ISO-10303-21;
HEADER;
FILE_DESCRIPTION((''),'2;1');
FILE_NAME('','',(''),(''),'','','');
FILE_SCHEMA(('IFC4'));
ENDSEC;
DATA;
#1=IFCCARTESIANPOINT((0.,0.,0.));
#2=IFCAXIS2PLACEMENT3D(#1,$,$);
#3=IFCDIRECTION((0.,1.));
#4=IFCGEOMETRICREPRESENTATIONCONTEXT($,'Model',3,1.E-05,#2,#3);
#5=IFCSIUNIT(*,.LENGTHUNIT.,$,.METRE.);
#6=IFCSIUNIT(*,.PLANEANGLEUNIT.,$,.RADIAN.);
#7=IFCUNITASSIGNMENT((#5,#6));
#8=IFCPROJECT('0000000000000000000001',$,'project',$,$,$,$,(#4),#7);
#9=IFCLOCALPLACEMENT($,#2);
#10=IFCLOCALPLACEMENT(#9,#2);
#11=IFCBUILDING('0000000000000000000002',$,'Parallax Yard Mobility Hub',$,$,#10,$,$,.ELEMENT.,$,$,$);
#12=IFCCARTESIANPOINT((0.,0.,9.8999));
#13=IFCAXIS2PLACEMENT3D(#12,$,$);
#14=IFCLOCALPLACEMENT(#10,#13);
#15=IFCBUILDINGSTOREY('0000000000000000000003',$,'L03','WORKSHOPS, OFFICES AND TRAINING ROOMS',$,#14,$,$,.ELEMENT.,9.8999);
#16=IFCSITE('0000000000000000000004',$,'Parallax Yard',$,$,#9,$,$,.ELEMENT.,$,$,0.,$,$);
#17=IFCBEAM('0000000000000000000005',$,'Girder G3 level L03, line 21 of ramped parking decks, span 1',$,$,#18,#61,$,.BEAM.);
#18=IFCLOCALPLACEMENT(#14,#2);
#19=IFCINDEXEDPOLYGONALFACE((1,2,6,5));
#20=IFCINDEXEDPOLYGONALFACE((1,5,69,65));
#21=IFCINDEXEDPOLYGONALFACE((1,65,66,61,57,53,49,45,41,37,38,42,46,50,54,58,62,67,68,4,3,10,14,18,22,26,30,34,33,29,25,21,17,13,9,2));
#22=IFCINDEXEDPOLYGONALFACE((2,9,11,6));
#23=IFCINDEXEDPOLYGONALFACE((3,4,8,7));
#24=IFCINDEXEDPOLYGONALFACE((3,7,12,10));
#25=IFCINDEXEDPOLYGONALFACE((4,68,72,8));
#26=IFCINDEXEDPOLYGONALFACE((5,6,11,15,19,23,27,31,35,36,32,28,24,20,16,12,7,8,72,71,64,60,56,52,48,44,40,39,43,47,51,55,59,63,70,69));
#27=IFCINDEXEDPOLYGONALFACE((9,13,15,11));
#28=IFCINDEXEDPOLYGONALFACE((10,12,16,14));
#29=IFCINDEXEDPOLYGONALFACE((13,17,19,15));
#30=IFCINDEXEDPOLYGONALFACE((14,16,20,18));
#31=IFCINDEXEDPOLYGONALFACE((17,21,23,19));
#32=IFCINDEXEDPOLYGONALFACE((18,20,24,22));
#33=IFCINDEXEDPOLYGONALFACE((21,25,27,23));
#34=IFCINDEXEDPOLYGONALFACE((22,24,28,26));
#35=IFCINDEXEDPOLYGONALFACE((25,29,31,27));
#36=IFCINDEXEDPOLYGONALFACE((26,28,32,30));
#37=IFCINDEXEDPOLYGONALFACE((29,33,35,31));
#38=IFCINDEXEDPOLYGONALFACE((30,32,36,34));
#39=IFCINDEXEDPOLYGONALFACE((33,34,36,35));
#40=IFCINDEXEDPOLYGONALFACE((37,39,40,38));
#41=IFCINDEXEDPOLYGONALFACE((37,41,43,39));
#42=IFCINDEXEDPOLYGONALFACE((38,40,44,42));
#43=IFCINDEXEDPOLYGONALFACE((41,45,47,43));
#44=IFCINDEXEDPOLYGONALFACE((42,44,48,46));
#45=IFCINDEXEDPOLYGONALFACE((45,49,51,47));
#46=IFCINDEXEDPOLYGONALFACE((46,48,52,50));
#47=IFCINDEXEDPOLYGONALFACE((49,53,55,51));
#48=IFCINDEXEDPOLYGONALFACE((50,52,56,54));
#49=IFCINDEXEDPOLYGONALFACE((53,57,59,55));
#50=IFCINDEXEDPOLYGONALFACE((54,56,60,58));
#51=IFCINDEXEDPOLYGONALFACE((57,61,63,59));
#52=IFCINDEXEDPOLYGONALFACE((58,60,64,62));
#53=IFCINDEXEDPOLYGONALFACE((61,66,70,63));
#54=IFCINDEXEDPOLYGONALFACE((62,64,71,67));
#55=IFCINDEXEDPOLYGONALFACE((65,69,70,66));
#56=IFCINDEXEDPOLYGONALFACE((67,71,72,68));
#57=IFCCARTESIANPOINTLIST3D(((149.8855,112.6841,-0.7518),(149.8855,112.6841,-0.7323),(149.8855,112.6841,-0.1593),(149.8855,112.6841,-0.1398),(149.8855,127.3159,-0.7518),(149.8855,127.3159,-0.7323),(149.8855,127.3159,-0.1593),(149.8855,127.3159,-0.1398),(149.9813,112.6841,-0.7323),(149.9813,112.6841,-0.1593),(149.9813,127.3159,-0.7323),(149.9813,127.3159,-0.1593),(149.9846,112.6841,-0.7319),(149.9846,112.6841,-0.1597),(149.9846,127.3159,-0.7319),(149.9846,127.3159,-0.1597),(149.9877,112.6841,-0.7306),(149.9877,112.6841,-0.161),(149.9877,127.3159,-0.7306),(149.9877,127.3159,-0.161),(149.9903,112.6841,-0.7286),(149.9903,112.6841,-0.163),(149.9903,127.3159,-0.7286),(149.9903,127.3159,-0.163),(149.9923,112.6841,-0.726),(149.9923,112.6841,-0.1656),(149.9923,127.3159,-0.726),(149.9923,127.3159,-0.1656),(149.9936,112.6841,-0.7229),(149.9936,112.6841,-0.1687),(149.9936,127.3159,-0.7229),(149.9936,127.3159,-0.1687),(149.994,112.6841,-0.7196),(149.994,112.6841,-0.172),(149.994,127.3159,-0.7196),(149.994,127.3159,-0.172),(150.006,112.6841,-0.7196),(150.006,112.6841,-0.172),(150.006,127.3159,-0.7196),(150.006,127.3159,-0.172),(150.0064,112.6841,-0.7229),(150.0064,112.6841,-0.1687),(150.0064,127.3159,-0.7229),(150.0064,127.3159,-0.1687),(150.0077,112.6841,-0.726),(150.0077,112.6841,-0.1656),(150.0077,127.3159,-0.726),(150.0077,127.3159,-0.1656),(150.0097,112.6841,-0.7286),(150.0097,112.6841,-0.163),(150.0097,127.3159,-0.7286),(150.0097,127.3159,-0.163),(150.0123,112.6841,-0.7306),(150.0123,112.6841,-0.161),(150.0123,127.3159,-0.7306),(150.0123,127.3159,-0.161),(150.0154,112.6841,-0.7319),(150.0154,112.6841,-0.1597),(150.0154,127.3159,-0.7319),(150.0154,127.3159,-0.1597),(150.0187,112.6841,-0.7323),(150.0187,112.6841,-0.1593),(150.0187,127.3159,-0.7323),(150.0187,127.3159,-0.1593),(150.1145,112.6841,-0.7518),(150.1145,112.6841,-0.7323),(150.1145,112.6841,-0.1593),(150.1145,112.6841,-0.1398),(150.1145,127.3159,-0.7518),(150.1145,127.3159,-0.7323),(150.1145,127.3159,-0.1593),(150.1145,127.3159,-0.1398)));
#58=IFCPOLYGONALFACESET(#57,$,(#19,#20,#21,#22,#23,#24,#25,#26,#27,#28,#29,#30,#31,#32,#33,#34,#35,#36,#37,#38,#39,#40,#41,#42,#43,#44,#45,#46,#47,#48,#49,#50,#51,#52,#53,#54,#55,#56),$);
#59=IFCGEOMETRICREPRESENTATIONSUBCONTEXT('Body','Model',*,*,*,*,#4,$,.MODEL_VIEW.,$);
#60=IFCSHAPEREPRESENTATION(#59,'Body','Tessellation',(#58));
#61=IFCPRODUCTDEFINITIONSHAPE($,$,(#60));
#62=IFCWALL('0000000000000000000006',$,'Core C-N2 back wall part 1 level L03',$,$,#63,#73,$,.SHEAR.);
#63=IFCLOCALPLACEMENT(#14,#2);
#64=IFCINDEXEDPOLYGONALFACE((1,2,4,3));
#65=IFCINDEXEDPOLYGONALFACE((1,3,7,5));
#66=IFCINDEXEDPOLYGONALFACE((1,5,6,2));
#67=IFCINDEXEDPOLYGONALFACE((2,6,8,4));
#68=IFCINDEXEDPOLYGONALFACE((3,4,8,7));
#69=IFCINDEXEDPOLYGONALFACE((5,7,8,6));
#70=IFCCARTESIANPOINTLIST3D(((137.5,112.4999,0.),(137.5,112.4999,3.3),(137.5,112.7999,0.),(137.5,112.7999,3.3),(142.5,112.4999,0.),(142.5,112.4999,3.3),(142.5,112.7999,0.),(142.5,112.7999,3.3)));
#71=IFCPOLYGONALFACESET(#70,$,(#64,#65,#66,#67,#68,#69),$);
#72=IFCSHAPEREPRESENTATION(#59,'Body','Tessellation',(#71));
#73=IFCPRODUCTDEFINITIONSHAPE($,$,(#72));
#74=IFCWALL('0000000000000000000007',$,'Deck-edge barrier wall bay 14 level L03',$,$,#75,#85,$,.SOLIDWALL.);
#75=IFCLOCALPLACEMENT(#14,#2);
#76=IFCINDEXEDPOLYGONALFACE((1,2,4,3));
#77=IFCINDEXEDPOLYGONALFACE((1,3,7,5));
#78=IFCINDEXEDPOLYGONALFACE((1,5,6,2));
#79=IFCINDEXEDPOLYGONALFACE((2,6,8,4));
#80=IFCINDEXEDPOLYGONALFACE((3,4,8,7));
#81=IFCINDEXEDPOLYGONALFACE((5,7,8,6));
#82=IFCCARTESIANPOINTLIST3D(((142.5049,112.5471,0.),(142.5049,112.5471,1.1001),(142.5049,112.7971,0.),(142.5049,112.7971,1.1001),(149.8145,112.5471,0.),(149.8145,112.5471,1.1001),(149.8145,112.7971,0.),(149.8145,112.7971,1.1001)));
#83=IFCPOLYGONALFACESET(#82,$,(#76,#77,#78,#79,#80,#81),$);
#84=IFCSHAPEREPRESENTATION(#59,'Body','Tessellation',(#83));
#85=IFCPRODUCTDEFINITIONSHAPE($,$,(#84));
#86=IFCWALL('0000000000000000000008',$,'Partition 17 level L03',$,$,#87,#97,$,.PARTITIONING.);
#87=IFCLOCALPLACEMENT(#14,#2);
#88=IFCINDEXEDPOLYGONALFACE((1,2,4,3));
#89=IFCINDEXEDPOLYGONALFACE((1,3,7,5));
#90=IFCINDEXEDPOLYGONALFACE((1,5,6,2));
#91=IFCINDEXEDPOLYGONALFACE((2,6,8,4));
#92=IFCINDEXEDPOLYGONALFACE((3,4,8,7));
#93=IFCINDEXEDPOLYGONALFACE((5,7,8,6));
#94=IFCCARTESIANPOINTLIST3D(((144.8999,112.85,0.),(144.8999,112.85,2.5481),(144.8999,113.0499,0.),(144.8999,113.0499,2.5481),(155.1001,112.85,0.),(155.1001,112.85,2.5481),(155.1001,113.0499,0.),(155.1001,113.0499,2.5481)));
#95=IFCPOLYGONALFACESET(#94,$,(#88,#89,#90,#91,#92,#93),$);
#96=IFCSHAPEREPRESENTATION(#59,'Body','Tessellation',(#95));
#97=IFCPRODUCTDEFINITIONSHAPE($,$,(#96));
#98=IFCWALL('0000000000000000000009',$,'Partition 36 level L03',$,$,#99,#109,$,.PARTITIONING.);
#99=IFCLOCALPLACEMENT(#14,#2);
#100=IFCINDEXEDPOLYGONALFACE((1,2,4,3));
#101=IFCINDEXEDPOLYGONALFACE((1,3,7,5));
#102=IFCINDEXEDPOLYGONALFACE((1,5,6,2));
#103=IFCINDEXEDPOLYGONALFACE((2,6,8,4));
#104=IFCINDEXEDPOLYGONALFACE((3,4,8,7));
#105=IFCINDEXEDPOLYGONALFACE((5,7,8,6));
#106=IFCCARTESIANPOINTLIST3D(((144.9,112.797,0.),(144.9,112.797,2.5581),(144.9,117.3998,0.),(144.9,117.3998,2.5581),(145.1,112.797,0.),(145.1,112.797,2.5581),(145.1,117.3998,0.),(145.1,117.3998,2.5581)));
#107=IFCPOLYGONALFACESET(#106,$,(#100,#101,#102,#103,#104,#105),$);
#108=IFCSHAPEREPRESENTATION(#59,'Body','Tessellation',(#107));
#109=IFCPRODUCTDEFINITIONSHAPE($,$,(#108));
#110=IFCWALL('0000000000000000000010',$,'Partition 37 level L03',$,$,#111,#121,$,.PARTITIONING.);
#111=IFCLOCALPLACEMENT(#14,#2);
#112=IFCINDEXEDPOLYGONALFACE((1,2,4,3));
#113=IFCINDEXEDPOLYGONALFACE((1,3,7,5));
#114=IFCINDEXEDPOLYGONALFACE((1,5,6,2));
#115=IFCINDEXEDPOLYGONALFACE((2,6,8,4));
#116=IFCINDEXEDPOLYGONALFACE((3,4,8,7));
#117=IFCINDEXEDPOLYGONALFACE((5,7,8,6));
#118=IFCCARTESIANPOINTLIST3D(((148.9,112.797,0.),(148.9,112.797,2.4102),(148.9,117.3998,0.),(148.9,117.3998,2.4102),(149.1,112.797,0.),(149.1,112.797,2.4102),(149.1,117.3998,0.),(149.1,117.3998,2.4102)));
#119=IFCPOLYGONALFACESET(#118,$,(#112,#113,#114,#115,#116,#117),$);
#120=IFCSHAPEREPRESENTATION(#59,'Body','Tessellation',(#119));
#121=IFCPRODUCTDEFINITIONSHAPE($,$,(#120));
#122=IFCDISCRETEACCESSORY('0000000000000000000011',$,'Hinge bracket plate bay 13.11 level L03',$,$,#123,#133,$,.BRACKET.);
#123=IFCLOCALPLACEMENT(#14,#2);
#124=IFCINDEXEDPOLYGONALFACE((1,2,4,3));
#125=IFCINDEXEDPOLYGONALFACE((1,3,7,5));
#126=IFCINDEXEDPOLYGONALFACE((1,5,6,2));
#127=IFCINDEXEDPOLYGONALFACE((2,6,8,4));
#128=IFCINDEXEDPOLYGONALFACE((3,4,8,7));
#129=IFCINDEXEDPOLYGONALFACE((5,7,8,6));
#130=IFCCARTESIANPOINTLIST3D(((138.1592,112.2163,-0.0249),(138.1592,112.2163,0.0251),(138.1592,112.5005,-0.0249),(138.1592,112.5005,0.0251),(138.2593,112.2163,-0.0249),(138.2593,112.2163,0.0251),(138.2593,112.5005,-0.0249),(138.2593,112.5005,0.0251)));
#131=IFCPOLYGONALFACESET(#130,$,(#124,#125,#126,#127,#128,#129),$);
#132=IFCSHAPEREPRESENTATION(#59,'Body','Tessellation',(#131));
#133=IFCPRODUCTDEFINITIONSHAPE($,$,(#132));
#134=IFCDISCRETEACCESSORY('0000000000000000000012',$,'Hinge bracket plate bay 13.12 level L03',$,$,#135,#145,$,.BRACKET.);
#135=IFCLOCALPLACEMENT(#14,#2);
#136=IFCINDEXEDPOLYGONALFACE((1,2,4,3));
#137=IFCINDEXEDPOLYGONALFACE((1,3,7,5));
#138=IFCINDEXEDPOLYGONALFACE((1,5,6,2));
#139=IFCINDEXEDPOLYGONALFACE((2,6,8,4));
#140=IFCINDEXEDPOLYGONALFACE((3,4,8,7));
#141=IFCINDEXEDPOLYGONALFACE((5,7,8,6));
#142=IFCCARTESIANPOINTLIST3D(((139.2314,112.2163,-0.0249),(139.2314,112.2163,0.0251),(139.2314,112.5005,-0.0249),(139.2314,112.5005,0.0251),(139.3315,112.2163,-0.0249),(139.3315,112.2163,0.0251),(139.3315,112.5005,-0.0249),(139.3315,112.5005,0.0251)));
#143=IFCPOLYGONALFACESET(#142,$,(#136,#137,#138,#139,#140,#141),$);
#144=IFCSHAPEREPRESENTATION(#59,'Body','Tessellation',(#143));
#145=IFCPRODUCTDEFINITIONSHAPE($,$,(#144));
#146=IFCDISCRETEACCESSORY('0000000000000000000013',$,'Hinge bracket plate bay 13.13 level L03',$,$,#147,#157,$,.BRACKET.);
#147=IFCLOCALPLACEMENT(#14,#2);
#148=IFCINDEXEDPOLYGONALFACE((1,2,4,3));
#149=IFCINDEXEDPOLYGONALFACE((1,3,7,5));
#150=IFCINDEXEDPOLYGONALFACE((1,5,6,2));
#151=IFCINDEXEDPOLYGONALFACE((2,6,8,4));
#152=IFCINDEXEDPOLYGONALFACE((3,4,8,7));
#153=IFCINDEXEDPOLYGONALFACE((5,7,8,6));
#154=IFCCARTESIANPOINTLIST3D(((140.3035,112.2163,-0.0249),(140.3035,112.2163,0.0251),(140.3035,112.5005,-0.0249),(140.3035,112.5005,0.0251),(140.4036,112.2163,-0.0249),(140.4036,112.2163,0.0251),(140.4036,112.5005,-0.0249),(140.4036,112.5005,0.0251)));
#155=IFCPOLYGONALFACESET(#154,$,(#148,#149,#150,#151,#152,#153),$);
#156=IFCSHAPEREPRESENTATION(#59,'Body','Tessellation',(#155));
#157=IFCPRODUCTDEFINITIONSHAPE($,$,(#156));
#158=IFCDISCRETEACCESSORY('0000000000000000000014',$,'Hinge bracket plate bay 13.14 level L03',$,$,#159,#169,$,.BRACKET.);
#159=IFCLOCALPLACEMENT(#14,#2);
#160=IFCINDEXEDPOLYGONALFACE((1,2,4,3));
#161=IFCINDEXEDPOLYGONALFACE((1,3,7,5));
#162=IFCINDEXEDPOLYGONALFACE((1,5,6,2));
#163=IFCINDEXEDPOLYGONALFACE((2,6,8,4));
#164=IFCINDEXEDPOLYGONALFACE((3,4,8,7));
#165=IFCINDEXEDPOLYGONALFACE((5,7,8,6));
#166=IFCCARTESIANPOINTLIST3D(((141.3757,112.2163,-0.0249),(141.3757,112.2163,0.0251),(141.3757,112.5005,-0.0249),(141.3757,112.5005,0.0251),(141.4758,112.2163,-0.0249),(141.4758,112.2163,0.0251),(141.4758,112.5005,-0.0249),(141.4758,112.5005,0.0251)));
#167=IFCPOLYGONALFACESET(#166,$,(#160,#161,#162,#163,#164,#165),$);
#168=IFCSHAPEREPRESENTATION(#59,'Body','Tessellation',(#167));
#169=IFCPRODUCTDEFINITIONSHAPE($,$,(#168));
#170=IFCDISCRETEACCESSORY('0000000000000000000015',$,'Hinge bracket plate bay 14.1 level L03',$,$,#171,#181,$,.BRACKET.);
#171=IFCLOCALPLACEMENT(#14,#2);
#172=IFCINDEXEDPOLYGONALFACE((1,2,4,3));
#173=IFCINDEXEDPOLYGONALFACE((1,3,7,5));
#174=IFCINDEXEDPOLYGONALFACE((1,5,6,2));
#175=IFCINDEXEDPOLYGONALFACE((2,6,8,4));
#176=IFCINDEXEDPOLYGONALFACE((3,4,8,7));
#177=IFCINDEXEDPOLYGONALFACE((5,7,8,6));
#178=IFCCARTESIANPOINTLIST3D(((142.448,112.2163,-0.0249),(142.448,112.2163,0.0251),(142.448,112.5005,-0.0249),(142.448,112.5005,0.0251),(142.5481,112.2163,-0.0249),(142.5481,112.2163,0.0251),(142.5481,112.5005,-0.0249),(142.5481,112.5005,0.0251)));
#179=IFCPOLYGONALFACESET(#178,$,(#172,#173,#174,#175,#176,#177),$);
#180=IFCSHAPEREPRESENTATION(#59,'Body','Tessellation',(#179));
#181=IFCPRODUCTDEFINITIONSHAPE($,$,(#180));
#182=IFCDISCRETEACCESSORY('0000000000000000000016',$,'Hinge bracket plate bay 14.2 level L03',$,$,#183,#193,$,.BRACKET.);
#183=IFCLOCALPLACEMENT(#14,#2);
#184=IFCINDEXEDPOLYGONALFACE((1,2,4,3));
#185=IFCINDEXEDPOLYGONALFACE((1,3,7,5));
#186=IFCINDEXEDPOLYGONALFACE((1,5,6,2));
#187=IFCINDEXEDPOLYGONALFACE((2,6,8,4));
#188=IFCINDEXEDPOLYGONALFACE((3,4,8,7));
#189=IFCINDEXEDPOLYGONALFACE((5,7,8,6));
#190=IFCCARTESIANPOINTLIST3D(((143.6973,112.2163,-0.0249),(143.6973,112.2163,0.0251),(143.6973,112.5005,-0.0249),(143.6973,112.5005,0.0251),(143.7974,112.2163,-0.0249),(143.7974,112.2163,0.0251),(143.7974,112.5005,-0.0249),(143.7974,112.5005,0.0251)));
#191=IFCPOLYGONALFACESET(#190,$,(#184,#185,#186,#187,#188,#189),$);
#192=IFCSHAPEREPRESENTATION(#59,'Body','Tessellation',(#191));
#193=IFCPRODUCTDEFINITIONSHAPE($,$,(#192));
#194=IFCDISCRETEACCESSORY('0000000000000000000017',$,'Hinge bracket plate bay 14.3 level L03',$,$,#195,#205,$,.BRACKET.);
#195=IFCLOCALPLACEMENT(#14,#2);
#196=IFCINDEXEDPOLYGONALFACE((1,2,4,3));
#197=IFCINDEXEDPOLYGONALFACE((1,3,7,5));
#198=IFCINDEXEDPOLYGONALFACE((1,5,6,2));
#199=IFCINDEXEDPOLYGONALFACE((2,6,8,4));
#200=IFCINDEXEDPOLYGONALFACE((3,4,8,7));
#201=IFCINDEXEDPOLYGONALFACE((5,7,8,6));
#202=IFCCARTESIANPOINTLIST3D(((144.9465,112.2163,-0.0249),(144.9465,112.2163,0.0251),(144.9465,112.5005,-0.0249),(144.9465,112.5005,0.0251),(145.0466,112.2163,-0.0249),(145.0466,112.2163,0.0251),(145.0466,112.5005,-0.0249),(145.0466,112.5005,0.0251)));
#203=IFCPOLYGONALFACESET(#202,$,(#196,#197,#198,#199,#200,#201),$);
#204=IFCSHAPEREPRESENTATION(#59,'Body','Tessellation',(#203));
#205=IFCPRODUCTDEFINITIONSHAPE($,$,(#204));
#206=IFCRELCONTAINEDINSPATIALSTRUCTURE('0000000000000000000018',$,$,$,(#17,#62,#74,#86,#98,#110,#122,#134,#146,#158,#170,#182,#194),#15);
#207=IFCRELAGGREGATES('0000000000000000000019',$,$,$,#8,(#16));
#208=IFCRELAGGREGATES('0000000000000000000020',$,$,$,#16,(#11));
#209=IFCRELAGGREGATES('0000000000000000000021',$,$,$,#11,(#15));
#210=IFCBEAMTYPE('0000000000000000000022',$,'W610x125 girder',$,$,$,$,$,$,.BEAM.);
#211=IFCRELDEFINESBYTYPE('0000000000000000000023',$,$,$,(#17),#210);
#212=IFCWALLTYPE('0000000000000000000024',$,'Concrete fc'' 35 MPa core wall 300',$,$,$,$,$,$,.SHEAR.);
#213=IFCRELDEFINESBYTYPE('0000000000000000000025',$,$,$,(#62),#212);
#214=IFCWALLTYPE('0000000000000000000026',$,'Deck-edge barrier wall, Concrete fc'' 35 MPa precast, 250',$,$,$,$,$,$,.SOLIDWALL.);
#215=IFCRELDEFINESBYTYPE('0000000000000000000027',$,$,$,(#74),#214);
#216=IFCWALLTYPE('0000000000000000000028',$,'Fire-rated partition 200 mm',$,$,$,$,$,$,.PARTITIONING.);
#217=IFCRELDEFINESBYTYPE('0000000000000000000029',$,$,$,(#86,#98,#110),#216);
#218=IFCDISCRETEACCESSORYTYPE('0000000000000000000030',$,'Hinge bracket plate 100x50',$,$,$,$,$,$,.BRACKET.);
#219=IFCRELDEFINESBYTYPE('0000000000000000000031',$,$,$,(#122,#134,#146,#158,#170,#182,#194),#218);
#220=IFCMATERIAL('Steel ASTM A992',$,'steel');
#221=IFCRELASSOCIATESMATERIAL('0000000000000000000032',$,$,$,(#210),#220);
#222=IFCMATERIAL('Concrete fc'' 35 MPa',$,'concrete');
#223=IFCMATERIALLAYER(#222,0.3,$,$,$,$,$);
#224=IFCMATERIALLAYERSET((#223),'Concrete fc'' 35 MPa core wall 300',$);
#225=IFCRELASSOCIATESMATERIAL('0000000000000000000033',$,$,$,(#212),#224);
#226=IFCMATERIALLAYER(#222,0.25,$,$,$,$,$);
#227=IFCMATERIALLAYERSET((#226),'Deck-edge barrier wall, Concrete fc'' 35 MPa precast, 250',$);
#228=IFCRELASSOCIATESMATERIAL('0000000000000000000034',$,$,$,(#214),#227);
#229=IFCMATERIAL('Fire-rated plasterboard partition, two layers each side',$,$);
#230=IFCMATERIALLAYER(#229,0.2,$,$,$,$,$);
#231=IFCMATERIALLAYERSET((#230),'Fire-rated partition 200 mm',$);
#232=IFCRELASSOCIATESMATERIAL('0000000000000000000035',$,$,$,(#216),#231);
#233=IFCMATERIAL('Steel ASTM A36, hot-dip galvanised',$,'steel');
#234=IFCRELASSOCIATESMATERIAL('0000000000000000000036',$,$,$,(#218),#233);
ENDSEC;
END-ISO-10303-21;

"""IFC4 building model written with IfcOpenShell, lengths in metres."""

from ifc_helpers import new_model, si_unit, direction, frame, frame_2d, origin, origin_2d, place, context, subcontext, project, spatial, rectangle, i_section, extrude, material, layer, layer_set, material_profile, profile_set, type_object, element, save


model = new_model("IFC4")

# Units and contexts
model_context = context("Model", 3, precision=1e-05, world=origin(), true_north=direction((0.0, 1.0)))
body_context = subcontext(model_context, "Body", "Model", "MODEL_VIEW")
ifc_project = project(units=[si_unit("LENGTHUNIT", "METRE"), si_unit("PLANEANGLEUNIT", "RADIAN")], contexts=[model_context])

# Site, building, storey
site_placement = place(None, origin())
site = spatial("IfcSite", under=ifc_project, at=site_placement, Name="Parallax Yard", CompositionType="ELEMENT", RefElevation=0.0)
building_placement = place(site_placement, origin())
building = spatial("IfcBuilding", under=site, at=building_placement, Name="Parallax Yard Mobility Hub", CompositionType="ELEMENT")
storey_placement = place(building_placement, frame((0.0, 0.0, 9.8999)))
storey = spatial("IfcBuildingStorey", under=building, at=storey_placement, Name="L03", Description="WORKSHOPS, OFFICES AND TRAINING ROOMS", CompositionType="ELEMENT", Elevation=9.8999)

# Shared definitions
ifc_material_1 = material(Name="Steel ASTM A992", Category="steel")

# Beam
ifc_material_profile_1 = material_profile(ifc_material_1, i_section(OverallWidth=0.229, OverallDepth=0.6121, WebThickness=0.012, FlangeThickness=0.0195, FilletRadius=0.0127, at=origin_2d()), Name="W610x125")
ifc_profile_set_1 = profile_set([ifc_material_profile_1], Name="Steel ASTM A992")
beam_type_1 = type_object("IfcBeamType", Name="W610x125 girder", PredefinedType="BEAM", material=ifc_profile_set_1)
beam_1_placement = place(storey_placement, frame((150.0, 112.6841, -0.4458), z_axis=(0.0, 1.0, 0.0), x_axis=(-1.0, 0.0, 0.0)))
element("IfcBeam", 1, at=beam_1_placement, inside=storey, type_object=beam_type_1, Name="Girder G3 level L03, line 21 of ramped parking decks, span 1", PredefinedType="BEAM", context=body_context, shape_type="SweptSolid", body=[
    extrude(i_section(OverallWidth=0.229, OverallDepth=0.6121, WebThickness=0.012, FlangeThickness=0.0195, FilletRadius=0.0127, at=origin_2d()), origin(), (0.0, 0.0, 1.0), 14.6318),
])

# Walls
ifc_material_2 = material(Name="Concrete fc' 35 MPa", Category="concrete")
ifc_layer_1 = layer(ifc_material_2, 0.3)
ifc_layer_set_1 = layer_set([ifc_layer_1], Name="Concrete fc' 35 MPa core wall 300")
wall_type_1 = type_object("IfcWallType", Name="Concrete fc' 35 MPa core wall 300", PredefinedType="SHEAR", material=ifc_layer_set_1)
wall_1_placement = place(storey_placement, frame((142.5, 112.6499, 0.0), z_axis=(0.0, 0.0, 1.0), x_axis=(-1.0, 0.0, 0.0)))
element("IfcWall", 2, at=wall_1_placement, inside=storey, type_object=wall_type_1, Name="Core C-N2 back wall part 1 level L03", PredefinedType="SHEAR", context=body_context, shape_type="SweptSolid", body=[
    extrude(rectangle(XDim=5.0, YDim=0.3, at=frame_2d((2.5, 0.0))), origin(), (0.0, 0.0, 1.0), 3.3),
])
ifc_layer_2 = layer(ifc_material_2, 0.25)
ifc_layer_set_2 = layer_set([ifc_layer_2], Name="Deck-edge barrier wall, Concrete fc' 35 MPa precast, 250")
wall_type_2 = type_object("IfcWallType", Name="Deck-edge barrier wall, Concrete fc' 35 MPa precast, 250", PredefinedType="SOLIDWALL", material=ifc_layer_set_2)
wall_2_placement = place(storey_placement, frame((142.5049, 112.6721, 0.0), z_axis=(0.0, 0.0, 1.0), x_axis=(1.0, 0.0, 0.0)))
element("IfcWall", 3, at=wall_2_placement, inside=storey, type_object=wall_type_2, Name="Deck-edge barrier wall bay 14 level L03", PredefinedType="SOLIDWALL", context=body_context, shape_type="SweptSolid", body=[
    extrude(rectangle(XDim=7.3096, YDim=0.25, at=frame_2d((3.6548, 0.0))), origin(), (0.0, 0.0, 1.0), 1.1001),
])
ifc_material_3 = material(Name="Fire-rated plasterboard partition, two layers each side")
ifc_layer_3 = layer(ifc_material_3, 0.2)
ifc_layer_set_3 = layer_set([ifc_layer_3], Name="Fire-rated partition 200 mm")
wall_type_3 = type_object("IfcWallType", Name="Fire-rated partition 200 mm", PredefinedType="PARTITIONING", material=ifc_layer_set_3)
wall_3_placement = place(storey_placement, frame((144.8999, 112.95, 0.0), z_axis=(0.0, 0.0, 1.0), x_axis=(1.0, 0.0, 0.0)))
element("IfcWall", 4, at=wall_3_placement, inside=storey, type_object=wall_type_3, Name="Partition 17 level L03", PredefinedType="PARTITIONING", context=body_context, shape_type="SweptSolid", body=[
    extrude(rectangle(XDim=10.2002, YDim=0.2, at=frame_2d((5.1001, 0.0))), origin(), (0.0, 0.0, 1.0), 2.5481),
])
wall_4_placement = place(storey_placement, frame((145.0, 112.7971, 0.0), z_axis=(0.0, 0.0, 1.0), x_axis=(0.0, 1.0, 0.0)))
element("IfcWall", 5, at=wall_4_placement, inside=storey, type_object=wall_type_3, Name="Partition 36 level L03", PredefinedType="PARTITIONING", context=body_context, shape_type="SweptSolid", body=[
    extrude(rectangle(XDim=4.6028, YDim=0.2, at=frame_2d((2.3013, 0.0))), origin(), (0.0, 0.0, 1.0), 2.5581),
])
wall_5_placement = place(storey_placement, frame((149.0, 112.7971, 0.0), z_axis=(0.0, 0.0, 1.0), x_axis=(0.0, 1.0, 0.0)))
element("IfcWall", 6, at=wall_5_placement, inside=storey, type_object=wall_type_3, Name="Partition 37 level L03", PredefinedType="PARTITIONING", context=body_context, shape_type="SweptSolid", body=[
    extrude(rectangle(XDim=4.6028, YDim=0.2, at=frame_2d((2.3013, 0.0))), origin(), (0.0, 0.0, 1.0), 2.4102),
])

# Discrete accessories
ifc_material_4 = material(Name="Steel ASTM A36, hot-dip galvanised", Category="steel")
discrete_accessory_type_1 = type_object("IfcDiscreteAccessoryType", Name="Hinge bracket plate 100x50", PredefinedType="BRACKET", material=ifc_material_4)
for number, where, z_axis, x_axis, name in (
    (7, (138.2092, 112.3584, -0.0249), (0.0, 0.0, 1.0), (0.0, -1.0, 0.0), "Hinge bracket plate bay 13.11 level L03"),
    (8, (139.2815, 112.3584, -0.0249), (0.0, 0.0, 1.0), (0.0, -1.0, 0.0), "Hinge bracket plate bay 13.12 level L03"),
    (9, (140.3535, 112.3584, -0.0249), (0.0, 0.0, 1.0), (0.0, -1.0, 0.0), "Hinge bracket plate bay 13.13 level L03"),
    (10, (141.4258, 112.3584, -0.0249), (0.0, 0.0, 1.0), (0.0, -1.0, 0.0), "Hinge bracket plate bay 13.14 level L03"),
    (11, (142.498, 112.3584, -0.0249), (0.0, 0.0, 1.0), (0.0, -1.0, 0.0), "Hinge bracket plate bay 14.1 level L03"),
    (12, (143.7473, 112.3584, -0.0249), (0.0, 0.0, 1.0), (0.0, -1.0, 0.0), "Hinge bracket plate bay 14.2 level L03"),
    (13, (144.9966, 112.3584, -0.0249), (0.0, 0.0, 1.0), (0.0, -1.0, 0.0), "Hinge bracket plate bay 14.3 level L03"),
):
    element("IfcDiscreteAccessory", number, at=place(storey_placement, frame(where, z_axis=z_axis, x_axis=x_axis)), inside=storey, type_object=discrete_accessory_type_1, Name=name, PredefinedType="BRACKET", context=body_context, shape_type="SweptSolid", body=[
        extrude(rectangle(XDim=0.2842, YDim=0.1001, at=origin_2d()), origin(), (0.0, 0.0, 1.0), 0.05),
    ])

save(model, "model.ifc")
